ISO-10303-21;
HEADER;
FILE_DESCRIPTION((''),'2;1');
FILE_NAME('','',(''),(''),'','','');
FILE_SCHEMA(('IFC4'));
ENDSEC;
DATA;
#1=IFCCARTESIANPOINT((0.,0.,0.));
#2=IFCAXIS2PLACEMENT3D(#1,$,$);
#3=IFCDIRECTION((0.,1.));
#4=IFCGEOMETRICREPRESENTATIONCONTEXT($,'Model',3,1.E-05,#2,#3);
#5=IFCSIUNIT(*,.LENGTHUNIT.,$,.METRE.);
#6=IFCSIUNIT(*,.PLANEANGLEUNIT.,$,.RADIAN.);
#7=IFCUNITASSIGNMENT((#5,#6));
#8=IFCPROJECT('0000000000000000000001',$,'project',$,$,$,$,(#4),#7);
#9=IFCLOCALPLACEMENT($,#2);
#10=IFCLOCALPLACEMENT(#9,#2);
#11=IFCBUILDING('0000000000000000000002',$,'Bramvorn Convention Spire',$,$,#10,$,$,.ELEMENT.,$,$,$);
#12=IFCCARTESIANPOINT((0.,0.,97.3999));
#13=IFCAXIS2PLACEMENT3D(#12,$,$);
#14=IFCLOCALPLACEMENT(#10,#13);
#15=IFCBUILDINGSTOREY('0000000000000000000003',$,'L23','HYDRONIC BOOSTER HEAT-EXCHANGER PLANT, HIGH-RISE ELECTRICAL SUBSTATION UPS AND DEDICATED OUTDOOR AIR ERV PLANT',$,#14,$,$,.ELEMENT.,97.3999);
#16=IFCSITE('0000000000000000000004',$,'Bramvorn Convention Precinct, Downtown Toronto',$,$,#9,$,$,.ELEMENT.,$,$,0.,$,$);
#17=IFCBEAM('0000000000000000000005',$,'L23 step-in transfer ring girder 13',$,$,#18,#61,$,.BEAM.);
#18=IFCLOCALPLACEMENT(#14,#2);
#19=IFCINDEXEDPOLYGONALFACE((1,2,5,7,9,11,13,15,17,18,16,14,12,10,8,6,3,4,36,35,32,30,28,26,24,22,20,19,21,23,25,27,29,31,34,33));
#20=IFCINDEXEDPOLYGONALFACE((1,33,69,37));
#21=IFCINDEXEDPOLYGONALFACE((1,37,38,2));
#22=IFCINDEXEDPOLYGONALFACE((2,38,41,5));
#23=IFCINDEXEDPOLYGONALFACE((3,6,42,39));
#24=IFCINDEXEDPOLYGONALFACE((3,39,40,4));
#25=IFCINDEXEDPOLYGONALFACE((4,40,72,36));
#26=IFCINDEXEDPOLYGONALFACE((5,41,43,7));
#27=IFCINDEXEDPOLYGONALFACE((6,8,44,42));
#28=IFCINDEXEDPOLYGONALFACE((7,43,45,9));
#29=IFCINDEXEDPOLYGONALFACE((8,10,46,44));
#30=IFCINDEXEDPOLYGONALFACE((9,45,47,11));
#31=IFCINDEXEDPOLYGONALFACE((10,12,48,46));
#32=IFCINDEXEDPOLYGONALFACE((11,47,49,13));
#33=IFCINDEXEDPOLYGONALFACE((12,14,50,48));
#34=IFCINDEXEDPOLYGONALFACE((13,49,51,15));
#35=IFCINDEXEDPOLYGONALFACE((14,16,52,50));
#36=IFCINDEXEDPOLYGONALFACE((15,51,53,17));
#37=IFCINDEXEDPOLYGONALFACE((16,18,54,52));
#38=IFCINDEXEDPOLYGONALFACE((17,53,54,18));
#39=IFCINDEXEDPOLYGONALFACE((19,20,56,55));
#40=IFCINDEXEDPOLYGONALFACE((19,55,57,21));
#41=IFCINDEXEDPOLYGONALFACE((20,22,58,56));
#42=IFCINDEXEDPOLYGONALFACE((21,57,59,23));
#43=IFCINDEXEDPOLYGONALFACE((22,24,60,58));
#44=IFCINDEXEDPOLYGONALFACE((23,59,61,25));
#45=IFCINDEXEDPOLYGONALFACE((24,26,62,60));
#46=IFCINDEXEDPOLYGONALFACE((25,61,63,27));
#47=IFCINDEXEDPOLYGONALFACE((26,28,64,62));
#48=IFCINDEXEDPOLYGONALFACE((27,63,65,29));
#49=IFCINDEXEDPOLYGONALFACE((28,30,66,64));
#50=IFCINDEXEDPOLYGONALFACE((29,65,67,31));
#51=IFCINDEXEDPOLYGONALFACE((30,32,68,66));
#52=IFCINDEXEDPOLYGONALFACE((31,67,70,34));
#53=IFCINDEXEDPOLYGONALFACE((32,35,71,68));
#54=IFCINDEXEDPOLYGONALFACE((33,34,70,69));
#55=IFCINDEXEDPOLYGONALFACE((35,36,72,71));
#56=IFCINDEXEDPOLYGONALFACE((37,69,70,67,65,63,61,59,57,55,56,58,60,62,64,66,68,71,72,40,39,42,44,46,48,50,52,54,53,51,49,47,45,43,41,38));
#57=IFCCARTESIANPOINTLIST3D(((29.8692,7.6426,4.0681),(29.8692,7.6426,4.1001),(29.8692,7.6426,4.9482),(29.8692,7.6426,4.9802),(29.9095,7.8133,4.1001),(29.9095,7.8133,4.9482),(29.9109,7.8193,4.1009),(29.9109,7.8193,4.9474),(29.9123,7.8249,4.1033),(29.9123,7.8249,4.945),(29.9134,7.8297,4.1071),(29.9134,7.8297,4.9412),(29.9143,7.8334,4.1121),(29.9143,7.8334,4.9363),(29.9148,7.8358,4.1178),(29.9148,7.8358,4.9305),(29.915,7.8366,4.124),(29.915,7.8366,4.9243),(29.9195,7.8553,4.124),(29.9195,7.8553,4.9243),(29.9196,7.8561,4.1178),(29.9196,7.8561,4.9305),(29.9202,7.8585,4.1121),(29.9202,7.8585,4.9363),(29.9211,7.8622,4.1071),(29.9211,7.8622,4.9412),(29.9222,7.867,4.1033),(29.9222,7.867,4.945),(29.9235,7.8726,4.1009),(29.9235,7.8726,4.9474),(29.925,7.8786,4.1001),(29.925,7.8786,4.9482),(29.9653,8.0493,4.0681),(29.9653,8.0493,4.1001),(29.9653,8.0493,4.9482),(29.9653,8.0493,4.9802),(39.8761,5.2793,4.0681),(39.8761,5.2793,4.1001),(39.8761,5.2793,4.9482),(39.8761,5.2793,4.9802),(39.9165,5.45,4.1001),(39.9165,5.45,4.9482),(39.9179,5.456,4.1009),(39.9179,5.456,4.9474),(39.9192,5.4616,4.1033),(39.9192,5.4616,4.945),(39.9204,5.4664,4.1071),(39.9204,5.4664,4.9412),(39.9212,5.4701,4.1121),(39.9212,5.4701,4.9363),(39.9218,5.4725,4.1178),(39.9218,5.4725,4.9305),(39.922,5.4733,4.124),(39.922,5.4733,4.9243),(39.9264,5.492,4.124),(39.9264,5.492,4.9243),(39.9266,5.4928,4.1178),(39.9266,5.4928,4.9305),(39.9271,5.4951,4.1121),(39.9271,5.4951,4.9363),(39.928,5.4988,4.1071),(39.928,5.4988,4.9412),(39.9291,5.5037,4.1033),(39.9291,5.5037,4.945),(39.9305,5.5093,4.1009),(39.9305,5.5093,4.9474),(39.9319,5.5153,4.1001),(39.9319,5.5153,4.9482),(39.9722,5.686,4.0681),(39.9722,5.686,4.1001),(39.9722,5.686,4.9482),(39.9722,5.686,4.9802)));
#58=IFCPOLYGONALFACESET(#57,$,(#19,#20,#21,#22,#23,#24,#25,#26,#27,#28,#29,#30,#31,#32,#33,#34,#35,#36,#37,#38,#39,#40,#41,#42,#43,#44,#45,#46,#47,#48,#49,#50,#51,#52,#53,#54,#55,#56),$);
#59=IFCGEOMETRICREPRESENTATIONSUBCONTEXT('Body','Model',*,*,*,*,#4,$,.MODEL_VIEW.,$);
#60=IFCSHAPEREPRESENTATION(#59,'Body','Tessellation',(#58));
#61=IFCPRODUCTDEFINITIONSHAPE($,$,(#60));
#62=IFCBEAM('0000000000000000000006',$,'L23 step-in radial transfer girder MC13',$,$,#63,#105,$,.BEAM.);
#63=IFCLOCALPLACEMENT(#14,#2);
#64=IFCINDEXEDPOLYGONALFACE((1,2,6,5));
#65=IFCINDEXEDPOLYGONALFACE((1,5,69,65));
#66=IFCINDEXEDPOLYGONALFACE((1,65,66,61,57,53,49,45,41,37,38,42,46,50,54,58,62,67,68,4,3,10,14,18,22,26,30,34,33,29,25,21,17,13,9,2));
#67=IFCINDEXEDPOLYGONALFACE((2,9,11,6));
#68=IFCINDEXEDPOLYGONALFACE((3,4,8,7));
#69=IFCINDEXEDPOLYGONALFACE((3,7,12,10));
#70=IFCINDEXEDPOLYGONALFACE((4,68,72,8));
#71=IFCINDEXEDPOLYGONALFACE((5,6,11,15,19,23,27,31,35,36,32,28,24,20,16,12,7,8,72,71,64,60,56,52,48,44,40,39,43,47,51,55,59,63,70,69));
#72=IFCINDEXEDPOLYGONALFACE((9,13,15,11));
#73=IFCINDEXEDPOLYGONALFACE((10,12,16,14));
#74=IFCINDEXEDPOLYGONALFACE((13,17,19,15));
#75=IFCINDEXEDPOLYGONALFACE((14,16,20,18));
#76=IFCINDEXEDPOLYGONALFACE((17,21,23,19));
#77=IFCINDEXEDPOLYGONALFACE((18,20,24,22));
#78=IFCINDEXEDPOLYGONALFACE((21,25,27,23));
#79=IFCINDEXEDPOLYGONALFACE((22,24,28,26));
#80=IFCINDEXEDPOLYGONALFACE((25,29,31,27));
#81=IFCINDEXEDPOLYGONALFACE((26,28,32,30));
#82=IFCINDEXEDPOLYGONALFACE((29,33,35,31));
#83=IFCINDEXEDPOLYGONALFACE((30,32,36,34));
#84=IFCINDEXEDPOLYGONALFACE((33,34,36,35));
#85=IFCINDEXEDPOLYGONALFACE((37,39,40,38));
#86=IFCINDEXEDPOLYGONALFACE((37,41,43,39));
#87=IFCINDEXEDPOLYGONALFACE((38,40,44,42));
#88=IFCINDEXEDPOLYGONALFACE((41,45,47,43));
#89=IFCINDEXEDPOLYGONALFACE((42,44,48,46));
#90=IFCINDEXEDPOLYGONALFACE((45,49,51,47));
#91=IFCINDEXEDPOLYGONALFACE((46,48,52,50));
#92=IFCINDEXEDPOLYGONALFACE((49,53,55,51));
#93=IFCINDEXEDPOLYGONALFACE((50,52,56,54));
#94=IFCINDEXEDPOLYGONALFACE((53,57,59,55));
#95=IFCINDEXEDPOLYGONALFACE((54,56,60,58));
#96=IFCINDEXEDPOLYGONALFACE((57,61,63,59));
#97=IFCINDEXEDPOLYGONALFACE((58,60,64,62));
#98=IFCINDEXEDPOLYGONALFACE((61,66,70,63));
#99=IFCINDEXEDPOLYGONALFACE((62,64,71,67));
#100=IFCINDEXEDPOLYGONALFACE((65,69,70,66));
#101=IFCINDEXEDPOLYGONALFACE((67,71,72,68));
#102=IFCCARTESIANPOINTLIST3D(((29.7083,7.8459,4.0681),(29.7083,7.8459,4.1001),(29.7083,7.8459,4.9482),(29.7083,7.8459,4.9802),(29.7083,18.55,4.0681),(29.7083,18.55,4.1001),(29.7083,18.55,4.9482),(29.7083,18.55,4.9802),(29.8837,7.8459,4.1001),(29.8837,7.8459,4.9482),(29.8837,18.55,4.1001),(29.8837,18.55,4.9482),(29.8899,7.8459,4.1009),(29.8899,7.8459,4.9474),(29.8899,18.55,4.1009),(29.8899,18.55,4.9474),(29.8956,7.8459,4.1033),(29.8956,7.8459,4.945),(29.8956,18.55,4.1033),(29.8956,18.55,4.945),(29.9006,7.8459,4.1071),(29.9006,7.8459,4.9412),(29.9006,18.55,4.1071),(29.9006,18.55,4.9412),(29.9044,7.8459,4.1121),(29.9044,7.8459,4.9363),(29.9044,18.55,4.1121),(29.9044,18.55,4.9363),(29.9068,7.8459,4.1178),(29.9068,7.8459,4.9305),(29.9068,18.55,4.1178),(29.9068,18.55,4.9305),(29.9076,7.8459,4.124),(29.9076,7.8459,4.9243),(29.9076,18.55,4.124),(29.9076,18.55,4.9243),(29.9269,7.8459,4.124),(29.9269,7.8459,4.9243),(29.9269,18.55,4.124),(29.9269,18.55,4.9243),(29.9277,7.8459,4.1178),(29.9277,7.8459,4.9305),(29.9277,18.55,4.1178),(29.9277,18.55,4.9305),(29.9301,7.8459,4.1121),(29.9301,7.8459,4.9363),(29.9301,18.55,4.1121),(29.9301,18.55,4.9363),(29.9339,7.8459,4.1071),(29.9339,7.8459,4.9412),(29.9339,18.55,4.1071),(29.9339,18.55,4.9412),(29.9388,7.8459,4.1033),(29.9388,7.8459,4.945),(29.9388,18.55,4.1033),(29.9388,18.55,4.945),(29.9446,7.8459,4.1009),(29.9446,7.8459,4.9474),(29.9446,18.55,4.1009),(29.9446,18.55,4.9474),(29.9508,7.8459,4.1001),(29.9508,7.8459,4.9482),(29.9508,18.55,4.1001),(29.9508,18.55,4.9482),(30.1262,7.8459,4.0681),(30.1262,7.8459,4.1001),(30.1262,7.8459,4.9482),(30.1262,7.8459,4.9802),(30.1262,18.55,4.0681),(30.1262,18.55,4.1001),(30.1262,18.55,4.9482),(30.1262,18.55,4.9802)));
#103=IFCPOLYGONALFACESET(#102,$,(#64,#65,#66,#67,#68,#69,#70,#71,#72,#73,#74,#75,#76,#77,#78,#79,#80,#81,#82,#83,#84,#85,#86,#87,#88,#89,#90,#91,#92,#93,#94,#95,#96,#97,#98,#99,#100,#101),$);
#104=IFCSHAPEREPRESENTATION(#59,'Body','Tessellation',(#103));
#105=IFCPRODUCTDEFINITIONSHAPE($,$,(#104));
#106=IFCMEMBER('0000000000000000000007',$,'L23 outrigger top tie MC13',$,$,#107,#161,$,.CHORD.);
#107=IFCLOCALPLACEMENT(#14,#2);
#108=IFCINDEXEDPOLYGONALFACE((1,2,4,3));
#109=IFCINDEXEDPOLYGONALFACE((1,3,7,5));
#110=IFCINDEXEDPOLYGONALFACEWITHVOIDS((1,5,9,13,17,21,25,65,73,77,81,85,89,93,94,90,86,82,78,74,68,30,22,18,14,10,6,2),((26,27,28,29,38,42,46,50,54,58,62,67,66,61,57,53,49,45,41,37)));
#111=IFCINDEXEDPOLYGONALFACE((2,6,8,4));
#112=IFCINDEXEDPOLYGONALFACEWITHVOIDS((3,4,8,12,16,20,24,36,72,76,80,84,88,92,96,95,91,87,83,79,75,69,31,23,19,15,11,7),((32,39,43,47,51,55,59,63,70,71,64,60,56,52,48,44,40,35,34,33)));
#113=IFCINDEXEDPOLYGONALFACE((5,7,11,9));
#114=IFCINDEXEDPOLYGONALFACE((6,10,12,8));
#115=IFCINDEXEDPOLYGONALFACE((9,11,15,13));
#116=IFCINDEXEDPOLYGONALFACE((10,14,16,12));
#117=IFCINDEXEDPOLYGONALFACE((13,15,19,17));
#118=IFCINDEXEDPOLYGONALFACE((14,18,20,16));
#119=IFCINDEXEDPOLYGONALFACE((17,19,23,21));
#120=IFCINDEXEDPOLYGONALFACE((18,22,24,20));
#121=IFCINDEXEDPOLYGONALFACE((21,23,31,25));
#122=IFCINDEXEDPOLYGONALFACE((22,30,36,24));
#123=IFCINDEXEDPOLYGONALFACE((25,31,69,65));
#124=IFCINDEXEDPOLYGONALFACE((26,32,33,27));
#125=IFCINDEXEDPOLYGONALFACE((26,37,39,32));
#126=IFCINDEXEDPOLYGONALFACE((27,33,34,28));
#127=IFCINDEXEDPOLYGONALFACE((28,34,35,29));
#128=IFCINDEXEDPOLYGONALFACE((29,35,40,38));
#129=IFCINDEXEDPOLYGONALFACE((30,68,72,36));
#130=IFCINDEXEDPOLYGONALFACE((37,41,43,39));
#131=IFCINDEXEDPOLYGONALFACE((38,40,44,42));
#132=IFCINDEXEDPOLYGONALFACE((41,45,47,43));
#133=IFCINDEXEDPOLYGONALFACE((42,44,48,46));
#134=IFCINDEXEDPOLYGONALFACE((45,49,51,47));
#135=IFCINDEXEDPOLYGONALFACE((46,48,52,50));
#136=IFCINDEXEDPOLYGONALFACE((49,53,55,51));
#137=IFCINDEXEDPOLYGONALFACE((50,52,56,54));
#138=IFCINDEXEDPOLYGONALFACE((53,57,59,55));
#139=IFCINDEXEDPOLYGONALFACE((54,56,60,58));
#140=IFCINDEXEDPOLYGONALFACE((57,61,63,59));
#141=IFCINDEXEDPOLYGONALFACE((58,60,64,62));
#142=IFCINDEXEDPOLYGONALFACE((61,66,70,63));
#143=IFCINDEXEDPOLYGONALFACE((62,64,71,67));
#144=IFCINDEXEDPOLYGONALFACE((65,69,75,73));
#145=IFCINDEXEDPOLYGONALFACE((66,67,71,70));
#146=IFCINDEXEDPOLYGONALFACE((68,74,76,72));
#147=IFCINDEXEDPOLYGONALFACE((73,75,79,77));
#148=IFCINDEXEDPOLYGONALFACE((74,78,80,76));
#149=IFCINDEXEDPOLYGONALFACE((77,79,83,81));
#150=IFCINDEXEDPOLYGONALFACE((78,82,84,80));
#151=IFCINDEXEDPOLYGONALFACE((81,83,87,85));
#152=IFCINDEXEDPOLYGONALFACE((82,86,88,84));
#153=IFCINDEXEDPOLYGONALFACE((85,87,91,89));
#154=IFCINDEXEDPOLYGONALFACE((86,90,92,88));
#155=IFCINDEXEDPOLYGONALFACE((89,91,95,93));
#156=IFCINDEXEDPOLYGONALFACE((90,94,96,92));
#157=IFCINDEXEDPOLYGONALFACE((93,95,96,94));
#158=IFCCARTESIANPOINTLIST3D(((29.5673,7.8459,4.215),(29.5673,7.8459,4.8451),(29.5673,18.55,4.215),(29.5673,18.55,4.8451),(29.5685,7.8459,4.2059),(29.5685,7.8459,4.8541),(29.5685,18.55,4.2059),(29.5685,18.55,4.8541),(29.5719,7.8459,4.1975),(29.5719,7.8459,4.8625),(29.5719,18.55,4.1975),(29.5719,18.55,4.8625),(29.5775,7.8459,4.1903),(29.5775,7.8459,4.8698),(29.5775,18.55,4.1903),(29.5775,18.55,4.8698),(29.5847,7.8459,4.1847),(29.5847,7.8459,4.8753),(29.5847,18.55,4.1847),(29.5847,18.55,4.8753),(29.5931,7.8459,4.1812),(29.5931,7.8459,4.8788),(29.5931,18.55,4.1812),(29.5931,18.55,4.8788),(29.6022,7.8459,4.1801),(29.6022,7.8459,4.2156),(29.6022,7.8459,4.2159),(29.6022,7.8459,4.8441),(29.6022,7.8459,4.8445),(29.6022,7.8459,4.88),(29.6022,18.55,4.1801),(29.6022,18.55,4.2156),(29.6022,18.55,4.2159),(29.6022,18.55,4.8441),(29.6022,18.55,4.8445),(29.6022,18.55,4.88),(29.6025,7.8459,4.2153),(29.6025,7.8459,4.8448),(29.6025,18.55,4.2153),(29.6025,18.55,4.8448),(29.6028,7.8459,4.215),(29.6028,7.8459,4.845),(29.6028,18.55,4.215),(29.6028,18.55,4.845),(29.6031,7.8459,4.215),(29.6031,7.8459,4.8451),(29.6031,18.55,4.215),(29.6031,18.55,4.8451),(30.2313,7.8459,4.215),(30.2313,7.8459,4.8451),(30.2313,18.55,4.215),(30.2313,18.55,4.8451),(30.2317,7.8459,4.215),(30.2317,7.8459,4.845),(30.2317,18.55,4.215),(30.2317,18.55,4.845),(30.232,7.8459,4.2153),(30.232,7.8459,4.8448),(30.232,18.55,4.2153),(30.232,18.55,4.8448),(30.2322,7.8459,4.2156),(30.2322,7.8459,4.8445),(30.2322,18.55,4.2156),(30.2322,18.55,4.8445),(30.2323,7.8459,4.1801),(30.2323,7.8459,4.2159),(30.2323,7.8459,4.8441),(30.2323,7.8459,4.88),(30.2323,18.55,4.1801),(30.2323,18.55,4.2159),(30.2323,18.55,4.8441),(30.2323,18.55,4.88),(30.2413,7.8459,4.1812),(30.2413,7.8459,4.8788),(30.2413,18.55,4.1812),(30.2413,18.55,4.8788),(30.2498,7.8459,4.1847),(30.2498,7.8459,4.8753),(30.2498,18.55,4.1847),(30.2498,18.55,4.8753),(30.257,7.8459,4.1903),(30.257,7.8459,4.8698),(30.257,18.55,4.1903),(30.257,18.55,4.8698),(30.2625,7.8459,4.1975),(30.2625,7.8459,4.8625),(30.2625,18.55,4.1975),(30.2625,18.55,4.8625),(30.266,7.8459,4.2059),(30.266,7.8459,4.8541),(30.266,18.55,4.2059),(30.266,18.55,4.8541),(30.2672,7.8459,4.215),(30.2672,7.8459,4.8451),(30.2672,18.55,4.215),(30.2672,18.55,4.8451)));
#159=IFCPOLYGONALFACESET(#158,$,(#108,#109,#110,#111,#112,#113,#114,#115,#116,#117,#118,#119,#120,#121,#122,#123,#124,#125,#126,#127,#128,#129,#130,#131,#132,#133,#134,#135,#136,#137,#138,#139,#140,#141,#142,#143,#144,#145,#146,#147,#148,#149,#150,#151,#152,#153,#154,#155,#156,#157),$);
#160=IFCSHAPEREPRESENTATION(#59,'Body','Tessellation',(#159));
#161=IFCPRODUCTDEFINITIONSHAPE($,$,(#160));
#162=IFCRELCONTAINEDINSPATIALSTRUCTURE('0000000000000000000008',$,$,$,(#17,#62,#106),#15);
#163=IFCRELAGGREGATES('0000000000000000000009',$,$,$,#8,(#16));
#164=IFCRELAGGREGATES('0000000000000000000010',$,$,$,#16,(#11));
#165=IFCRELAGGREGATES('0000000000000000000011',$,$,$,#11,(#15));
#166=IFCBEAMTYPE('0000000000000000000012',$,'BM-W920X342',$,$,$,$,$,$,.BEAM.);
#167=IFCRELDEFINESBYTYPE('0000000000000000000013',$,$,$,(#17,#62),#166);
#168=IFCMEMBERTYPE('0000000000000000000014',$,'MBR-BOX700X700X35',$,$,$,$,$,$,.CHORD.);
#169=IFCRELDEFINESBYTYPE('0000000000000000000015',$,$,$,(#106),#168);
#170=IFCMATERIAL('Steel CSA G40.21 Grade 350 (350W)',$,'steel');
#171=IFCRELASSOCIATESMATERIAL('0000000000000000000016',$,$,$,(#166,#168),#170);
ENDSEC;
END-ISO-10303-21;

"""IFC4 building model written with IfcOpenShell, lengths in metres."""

from ifc_helpers import new_model, si_unit, direction, frame, origin, origin_2d, place, context, subcontext, project, spatial, hollow_rectangle, i_section, extrude, material, material_profile, profile_set, type_object, element, save


model = new_model("IFC4")

# Units and contexts
model_context = context("Model", 3, precision=1e-05, world=origin(), true_north=direction((0.0, 1.0)))
body_context = subcontext(model_context, "Body", "Model", "MODEL_VIEW")
ifc_project = project(units=[si_unit("LENGTHUNIT", "METRE"), si_unit("PLANEANGLEUNIT", "RADIAN")], contexts=[model_context])

# Site, building, storey
site_placement = place(None, origin())
site = spatial("IfcSite", under=ifc_project, at=site_placement, Name="Bramvorn Convention Precinct, Downtown Toronto", CompositionType="ELEMENT", RefElevation=0.0)
building_placement = place(site_placement, origin())
building = spatial("IfcBuilding", under=site, at=building_placement, Name="Bramvorn Convention Spire", CompositionType="ELEMENT")
storey_placement = place(building_placement, frame((0.0, 0.0, 97.3999)))
storey = spatial("IfcBuildingStorey", under=building, at=storey_placement, Name="L23", Description="HYDRONIC BOOSTER HEAT-EXCHANGER PLANT, HIGH-RISE ELECTRICAL SUBSTATION UPS AND DEDICATED OUTDOOR AIR ERV PLANT", CompositionType="ELEMENT", Elevation=97.3999)

# Beams
ifc_material_1 = material(Name="Steel CSA G40.21 Grade 350 (350W)", Category="steel")
ifc_material_profile_1 = material_profile(ifc_material_1, i_section(OverallWidth=0.418, OverallDepth=0.9121, WebThickness=0.0193, FlangeThickness=0.032, FilletRadius=0.0239, at=origin_2d()))
ifc_profile_set_1 = profile_set([ifc_material_profile_1], Name="Steel CSA G40.21 Grade 350 (350W) - W920X342")
beam_type = type_object("IfcBeamType", Name="BM-W920X342", PredefinedType="BEAM", material=ifc_profile_set_1)
beam_1_placement = place(storey_placement, frame((29.9172, 7.8459, 4.5242), z_axis=(0.973228, -0.229844, 0.0), x_axis=(0.229844, 0.973228, 0.0)))
element("IfcBeam", 1, at=beam_1_placement, inside=storey, type_object=beam_type, Name="L23 step-in transfer ring girder 13", PredefinedType="BEAM", context=body_context, shape_type="SweptSolid", body=[
    extrude(i_section(OverallWidth=0.418, OverallDepth=0.9121, WebThickness=0.0193, FlangeThickness=0.032, FilletRadius=0.0239, at=origin_2d()), origin(), (0.0, 0.0, 1.0), 10.2822),
])
beam_2_placement = place(storey_placement, frame((29.9172, 18.55, 4.5242), z_axis=(0.0, -1.0, 0.0), x_axis=(1.0, 0.0, 0.0)))
element("IfcBeam", 2, at=beam_2_placement, inside=storey, type_object=beam_type, Name="L23 step-in radial transfer girder MC13", PredefinedType="BEAM", context=body_context, shape_type="SweptSolid", body=[
    extrude(i_section(OverallWidth=0.418, OverallDepth=0.9121, WebThickness=0.0193, FlangeThickness=0.032, FilletRadius=0.0239, at=origin_2d()), origin(), (0.0, 0.0, 1.0), 10.7041),
])

# Member
ifc_material_profile_2 = material_profile(ifc_material_1, hollow_rectangle(XDim=0.7, YDim=0.7, WallThickness=0.0349, InnerFilletRadius=0.001, OuterFilletRadius=0.0349, at=origin_2d()))
ifc_profile_set_2 = profile_set([ifc_material_profile_2], Name="Steel CSA G40.21 Grade 350 (350W) - BOX700X700X35")
member_type_1 = type_object("IfcMemberType", Name="MBR-BOX700X700X35", PredefinedType="CHORD", material=ifc_profile_set_2)
member_1_placement = place(storey_placement, frame((29.9172, 18.55, 4.53), z_axis=(0.0, -1.0, 0.0), x_axis=(1.0, 0.0, 0.0)))
element("IfcMember", 3, at=member_1_placement, inside=storey, type_object=member_type_1, Name="L23 outrigger top tie MC13", PredefinedType="CHORD", context=body_context, shape_type="SweptSolid", body=[
    extrude(hollow_rectangle(XDim=0.7, YDim=0.7, WallThickness=0.0349, InnerFilletRadius=0.001, OuterFilletRadius=0.0349, at=origin_2d()), origin(), (0.0, 0.0, 1.0), 10.7041),
])

save(model, "model.ifc")
